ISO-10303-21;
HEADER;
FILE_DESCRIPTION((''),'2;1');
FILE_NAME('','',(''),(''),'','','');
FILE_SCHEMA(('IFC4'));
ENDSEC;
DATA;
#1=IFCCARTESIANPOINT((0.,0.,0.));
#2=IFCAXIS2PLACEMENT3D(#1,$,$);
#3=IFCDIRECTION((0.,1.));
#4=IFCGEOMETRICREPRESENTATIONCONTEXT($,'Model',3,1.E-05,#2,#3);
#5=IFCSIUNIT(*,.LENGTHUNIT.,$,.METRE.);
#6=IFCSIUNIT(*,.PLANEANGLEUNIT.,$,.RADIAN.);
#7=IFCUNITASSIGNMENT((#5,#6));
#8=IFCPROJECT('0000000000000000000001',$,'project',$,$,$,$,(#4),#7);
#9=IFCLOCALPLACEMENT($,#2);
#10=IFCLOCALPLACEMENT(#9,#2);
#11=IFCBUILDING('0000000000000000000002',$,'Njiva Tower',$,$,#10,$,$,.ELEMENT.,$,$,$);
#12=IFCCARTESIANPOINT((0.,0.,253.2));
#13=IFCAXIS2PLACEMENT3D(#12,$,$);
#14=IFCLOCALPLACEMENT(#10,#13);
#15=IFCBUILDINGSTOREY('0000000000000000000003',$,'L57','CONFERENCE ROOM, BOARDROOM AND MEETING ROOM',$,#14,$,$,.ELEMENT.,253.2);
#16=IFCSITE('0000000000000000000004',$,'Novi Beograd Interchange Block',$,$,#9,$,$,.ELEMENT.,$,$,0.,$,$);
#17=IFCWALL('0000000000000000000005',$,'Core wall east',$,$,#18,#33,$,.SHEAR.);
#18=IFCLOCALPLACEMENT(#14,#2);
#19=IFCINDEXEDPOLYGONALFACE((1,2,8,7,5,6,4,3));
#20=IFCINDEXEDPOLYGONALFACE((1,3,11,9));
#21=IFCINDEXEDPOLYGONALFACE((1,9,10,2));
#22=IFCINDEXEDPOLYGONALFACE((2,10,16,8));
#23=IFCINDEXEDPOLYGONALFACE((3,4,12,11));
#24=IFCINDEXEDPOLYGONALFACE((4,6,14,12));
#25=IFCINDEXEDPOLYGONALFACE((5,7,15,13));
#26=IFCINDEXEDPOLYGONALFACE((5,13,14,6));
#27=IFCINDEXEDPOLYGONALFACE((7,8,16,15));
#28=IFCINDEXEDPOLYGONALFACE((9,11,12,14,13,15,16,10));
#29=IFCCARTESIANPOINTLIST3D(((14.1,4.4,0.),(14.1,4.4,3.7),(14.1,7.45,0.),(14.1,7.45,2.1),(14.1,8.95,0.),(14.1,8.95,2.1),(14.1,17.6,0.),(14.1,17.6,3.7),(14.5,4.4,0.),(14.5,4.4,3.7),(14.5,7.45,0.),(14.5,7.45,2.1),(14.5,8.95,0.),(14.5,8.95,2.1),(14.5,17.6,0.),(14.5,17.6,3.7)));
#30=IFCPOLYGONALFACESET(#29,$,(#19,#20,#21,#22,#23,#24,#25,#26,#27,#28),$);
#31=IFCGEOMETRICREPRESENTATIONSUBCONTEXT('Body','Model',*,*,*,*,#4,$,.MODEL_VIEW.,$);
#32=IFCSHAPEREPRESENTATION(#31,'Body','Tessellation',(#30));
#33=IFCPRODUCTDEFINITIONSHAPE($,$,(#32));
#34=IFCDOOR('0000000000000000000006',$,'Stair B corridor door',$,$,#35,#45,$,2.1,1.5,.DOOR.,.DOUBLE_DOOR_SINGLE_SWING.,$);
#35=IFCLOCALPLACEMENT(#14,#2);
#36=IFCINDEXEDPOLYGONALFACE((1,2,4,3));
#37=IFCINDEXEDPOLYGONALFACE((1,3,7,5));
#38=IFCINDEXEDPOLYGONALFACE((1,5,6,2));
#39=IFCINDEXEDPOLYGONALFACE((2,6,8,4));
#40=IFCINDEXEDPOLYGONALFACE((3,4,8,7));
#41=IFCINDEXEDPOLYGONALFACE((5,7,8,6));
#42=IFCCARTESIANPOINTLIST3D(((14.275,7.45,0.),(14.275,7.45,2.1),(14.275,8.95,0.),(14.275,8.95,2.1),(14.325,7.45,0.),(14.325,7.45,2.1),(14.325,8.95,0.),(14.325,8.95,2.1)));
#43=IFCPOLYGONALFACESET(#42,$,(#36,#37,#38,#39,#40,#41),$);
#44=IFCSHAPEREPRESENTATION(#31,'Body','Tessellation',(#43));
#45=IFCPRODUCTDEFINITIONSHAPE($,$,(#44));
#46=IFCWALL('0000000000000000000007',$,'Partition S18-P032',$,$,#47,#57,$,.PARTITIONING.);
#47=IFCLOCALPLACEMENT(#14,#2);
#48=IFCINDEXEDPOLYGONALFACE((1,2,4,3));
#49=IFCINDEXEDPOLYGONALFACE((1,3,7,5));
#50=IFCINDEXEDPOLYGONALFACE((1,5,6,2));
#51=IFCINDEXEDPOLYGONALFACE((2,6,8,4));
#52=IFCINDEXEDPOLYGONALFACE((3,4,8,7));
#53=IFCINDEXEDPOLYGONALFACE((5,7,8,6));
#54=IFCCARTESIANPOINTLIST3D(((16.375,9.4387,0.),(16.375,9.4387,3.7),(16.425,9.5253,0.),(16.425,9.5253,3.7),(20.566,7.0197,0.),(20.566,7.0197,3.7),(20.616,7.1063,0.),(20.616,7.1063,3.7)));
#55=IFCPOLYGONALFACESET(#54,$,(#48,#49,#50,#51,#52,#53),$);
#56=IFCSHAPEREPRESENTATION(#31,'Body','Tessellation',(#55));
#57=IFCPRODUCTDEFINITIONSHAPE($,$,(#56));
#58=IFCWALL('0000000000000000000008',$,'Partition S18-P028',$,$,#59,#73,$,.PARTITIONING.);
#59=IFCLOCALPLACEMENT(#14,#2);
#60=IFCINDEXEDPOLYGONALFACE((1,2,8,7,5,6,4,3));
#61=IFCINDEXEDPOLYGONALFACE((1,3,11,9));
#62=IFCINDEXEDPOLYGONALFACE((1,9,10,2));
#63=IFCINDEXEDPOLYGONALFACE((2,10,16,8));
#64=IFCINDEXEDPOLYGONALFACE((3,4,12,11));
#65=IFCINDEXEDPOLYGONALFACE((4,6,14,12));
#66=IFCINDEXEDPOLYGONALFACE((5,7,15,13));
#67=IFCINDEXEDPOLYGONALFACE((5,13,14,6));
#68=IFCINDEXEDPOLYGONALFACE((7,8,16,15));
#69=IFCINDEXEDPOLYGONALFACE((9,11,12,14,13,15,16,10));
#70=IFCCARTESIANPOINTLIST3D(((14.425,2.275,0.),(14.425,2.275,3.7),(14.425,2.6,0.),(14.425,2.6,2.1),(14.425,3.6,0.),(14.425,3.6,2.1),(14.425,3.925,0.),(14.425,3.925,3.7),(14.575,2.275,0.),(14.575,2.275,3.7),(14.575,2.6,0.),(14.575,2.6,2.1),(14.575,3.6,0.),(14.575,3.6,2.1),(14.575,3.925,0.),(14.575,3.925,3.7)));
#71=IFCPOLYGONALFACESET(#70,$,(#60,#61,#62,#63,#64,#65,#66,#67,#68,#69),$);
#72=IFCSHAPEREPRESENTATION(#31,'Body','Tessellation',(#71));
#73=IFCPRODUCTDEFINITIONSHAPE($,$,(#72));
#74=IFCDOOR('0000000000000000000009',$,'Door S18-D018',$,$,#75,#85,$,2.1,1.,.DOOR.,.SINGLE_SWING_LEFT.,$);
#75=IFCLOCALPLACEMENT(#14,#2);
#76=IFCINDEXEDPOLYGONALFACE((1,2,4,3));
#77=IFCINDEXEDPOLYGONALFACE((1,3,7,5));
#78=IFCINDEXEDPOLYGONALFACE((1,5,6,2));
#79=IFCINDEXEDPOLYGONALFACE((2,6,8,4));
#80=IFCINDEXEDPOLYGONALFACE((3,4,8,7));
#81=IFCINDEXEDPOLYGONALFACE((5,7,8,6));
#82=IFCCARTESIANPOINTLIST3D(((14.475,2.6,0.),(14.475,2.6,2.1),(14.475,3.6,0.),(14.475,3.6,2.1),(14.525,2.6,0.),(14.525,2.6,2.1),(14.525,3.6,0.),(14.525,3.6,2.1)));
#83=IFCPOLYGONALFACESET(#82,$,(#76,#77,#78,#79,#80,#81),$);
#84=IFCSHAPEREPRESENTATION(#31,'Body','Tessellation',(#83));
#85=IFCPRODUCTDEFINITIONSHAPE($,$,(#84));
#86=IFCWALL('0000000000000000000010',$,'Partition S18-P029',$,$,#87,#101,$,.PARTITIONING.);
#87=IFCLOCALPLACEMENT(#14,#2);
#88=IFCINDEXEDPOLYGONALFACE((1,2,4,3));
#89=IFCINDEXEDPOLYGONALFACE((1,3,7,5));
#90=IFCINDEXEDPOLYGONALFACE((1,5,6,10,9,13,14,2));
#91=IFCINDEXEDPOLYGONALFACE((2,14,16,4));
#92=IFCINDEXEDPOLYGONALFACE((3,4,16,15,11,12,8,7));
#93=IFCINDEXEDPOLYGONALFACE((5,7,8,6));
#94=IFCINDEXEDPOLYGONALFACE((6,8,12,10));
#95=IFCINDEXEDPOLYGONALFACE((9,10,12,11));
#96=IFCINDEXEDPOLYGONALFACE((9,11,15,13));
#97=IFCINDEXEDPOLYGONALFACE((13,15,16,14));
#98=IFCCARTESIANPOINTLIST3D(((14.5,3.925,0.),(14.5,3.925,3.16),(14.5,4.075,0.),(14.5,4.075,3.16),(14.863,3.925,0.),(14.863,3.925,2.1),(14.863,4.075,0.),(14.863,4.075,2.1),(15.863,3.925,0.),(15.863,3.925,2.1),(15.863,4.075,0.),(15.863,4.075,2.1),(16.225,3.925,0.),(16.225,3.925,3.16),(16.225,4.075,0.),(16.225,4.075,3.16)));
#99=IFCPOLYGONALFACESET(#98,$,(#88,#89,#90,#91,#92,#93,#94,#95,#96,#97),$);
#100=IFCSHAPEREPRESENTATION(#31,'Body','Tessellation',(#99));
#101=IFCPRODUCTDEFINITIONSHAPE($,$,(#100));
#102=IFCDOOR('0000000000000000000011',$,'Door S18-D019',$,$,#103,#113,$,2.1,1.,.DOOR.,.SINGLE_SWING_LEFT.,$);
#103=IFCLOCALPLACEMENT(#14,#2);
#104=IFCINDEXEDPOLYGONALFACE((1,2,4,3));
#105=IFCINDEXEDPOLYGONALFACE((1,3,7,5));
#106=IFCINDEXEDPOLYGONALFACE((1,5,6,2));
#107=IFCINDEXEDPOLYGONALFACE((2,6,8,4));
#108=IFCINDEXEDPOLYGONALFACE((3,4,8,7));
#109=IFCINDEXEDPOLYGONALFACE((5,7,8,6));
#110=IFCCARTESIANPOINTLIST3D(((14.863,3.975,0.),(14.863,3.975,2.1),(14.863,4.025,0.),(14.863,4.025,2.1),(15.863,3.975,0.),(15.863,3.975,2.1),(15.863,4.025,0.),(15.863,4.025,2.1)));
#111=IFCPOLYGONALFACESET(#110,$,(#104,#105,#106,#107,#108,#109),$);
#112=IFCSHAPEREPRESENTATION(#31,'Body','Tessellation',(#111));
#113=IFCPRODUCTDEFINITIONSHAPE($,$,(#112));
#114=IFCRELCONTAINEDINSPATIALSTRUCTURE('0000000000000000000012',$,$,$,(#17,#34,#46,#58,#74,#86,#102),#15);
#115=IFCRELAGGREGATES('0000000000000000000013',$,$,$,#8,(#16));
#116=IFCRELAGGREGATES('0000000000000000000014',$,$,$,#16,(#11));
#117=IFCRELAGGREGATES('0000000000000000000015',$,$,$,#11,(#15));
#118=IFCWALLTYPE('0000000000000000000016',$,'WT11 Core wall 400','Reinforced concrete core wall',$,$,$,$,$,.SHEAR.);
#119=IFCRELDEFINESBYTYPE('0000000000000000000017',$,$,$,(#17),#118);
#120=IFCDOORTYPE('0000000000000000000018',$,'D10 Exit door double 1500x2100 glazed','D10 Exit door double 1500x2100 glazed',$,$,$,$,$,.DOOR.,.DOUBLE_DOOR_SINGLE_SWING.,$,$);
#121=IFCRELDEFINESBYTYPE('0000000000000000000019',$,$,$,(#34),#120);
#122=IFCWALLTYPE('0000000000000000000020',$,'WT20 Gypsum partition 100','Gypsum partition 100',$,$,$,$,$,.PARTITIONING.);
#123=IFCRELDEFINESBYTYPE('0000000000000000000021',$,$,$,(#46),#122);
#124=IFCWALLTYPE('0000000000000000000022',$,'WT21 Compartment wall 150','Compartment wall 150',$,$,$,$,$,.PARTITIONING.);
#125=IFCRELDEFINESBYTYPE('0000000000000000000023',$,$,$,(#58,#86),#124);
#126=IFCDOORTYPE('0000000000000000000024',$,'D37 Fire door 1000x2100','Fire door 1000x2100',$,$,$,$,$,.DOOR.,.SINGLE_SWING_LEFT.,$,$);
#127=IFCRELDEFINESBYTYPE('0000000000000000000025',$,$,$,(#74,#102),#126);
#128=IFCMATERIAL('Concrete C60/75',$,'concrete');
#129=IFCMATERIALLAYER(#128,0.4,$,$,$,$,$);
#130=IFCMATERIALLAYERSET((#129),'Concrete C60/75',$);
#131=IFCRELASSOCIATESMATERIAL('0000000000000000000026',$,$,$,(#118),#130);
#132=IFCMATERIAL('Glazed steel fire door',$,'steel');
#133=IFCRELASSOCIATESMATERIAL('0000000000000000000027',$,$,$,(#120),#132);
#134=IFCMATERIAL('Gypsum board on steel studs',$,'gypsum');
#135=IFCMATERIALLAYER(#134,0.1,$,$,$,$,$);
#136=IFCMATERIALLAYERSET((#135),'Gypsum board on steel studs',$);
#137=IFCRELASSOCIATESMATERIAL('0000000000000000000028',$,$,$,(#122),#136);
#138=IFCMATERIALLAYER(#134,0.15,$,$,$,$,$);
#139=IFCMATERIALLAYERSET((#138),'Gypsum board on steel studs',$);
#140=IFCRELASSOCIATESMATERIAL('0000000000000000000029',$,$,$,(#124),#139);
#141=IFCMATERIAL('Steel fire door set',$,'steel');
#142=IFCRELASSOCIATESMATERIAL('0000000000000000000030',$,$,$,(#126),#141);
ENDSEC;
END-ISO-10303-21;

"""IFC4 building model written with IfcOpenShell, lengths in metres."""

from ifc_helpers import new_model, si_unit, direction, frame, frame_2d, origin, place, context, subcontext, project, spatial, rectangle, extrude, material, layer, layer_set, type_object, element, fill, save


model = new_model("IFC4")

# Units and contexts
model_context = context("Model", 3, precision=1e-05, world=origin(), true_north=direction((0.0, 1.0)))
body_context = subcontext(model_context, "Body", "Model", "MODEL_VIEW")
ifc_project = project(units=[si_unit("LENGTHUNIT", "METRE"), si_unit("PLANEANGLEUNIT", "RADIAN")], contexts=[model_context])

# Site, building, storey
site_placement = place(None, origin())
site = spatial("IfcSite", under=ifc_project, at=site_placement, Name="Novi Beograd Interchange Block", CompositionType="ELEMENT", RefElevation=0.0)
building_placement = place(site_placement, origin())
building = spatial("IfcBuilding", under=site, at=building_placement, Name="Njiva Tower", CompositionType="ELEMENT")
storey_placement = place(building_placement, frame((0.0, 0.0, 253.2)))
storey = spatial("IfcBuildingStorey", under=building, at=storey_placement, Name="L57", Description="CONFERENCE ROOM, BOARDROOM AND MEETING ROOM", CompositionType="ELEMENT", Elevation=253.2)

# Wall, opening, door
ifc_material_1 = material(Name="Concrete C60/75", Category="concrete")
ifc_layer_1 = layer(ifc_material_1, 0.4)
ifc_layer_set_1 = layer_set([ifc_layer_1], Name="Concrete C60/75")
wall_type_1 = type_object("IfcWallType", Name="WT11 Core wall 400", Description="Reinforced concrete core wall", PredefinedType="SHEAR", material=ifc_layer_set_1)
wall_1_placement = place(storey_placement, frame((14.3, 4.4, 0.0), z_axis=(0.0, 0.0, 1.0), x_axis=(0.0, 1.0, 0.0)))
wall_1 = element("IfcWall", 1, at=wall_1_placement, inside=storey, type_object=wall_type_1, Name="Core wall east", PredefinedType="SHEAR", context=body_context, shape_type="SweptSolid", body=[
    extrude(rectangle(XDim=13.2, YDim=0.4, at=frame_2d((6.6, 0.0))), origin(), (0.0, 0.0, 1.0), 3.7),
])
opening_1_placement = place(wall_1_placement, frame((3.05, 0.0, 0.0)))
opening_1 = element("IfcOpeningElement", 2, at=opening_1_placement, cuts=wall_1, PredefinedType="OPENING", context=body_context, shape_type="SweptSolid", body=[
    extrude(rectangle(XDim=1.5, YDim=2.1, at=frame_2d((0.75, 1.05))), frame((0.0, 0.21, 0.0), z_axis=(0.0, -1.0, 0.0), x_axis=(1.0, 0.0, 0.0)), (0.0, 0.0, 1.0), 0.42),
])
ifc_material_2 = material(Name="Glazed steel fire door", Category="steel")
door_type_1 = type_object("IfcDoorType", Name="D10 Exit door double 1500x2100 glazed", Description="D10 Exit door double 1500x2100 glazed", OperationType="DOUBLE_DOOR_SINGLE_SWING", PredefinedType="DOOR", material=ifc_material_2)
door_1_placement = place(opening_1_placement, origin())
door_1 = element("IfcDoor", 3, at=door_1_placement, inside=storey, type_object=door_type_1, Name="Stair B corridor door", OperationType="DOUBLE_DOOR_SINGLE_SWING", OverallHeight=2.1, OverallWidth=1.5, PredefinedType="DOOR", context=body_context, shape_type="SweptSolid", body=[
    extrude(rectangle(XDim=1.5, YDim=2.1, at=frame_2d((0.75, 1.05))), frame((0.0, 0.025, 0.0), z_axis=(0.0, -1.0, 0.0), x_axis=(1.0, 0.0, 0.0)), (0.0, 0.0, 1.0), 0.05),
])
fill(opening_1, door_1)

# Wall
ifc_material_3 = material(Name="Gypsum board on steel studs", Category="gypsum")
ifc_layer_2 = layer(ifc_material_3, 0.1)
ifc_layer_set_2 = layer_set([ifc_layer_2], Name="Gypsum board on steel studs")
wall_type_2 = type_object("IfcWallType", Name="WT20 Gypsum partition 100", Description="Gypsum partition 100", PredefinedType="PARTITIONING", material=ifc_layer_set_2)
wall_2_placement = place(storey_placement, frame((16.4, 9.482, 0.0), z_axis=(0.0, 0.0, 1.0), x_axis=(0.866086, -0.499895, 0.0)))
element("IfcWall", 4, at=wall_2_placement, inside=storey, type_object=wall_type_2, Name="Partition S18-P032", PredefinedType="PARTITIONING", context=body_context, shape_type="SweptSolid", body=[
    extrude(rectangle(XDim=4.839, YDim=0.1, at=frame_2d((2.4195, 0.0))), origin(), (0.0, 0.0, 1.0), 3.7),
])

# Walls, openings, doors
ifc_layer_3 = layer(ifc_material_3, 0.15)
ifc_layer_set_3 = layer_set([ifc_layer_3], Name="Gypsum board on steel studs")
wall_type_3 = type_object("IfcWallType", Name="WT21 Compartment wall 150", Description="Compartment wall 150", PredefinedType="PARTITIONING", material=ifc_layer_set_3)
wall_3_placement = place(storey_placement, frame((14.5, 2.275, 0.0), z_axis=(0.0, 0.0, 1.0), x_axis=(0.0, 1.0, 0.0)))
wall_3 = element("IfcWall", 5, at=wall_3_placement, inside=storey, type_object=wall_type_3, Name="Partition S18-P028", PredefinedType="PARTITIONING", context=body_context, shape_type="SweptSolid", body=[
    extrude(rectangle(XDim=1.65, YDim=0.15, at=frame_2d((0.825, 0.0))), origin(), (0.0, 0.0, 1.0), 3.7),
])
opening_2_placement = place(wall_3_placement, frame((0.325, 0.0, 0.0)))
opening_2 = element("IfcOpeningElement", 6, at=opening_2_placement, cuts=wall_3, PredefinedType="OPENING", context=body_context, shape_type="SweptSolid", body=[
    extrude(rectangle(XDim=1.0, YDim=2.1, at=frame_2d((0.5, 1.05))), frame((0.0, 0.085, 0.0), z_axis=(0.0, -1.0, 0.0), x_axis=(1.0, 0.0, 0.0)), (0.0, 0.0, 1.0), 0.17),
])
ifc_material_4 = material(Name="Steel fire door set", Category="steel")
door_type_2 = type_object("IfcDoorType", Name="D37 Fire door 1000x2100", Description="Fire door 1000x2100", OperationType="SINGLE_SWING_LEFT", PredefinedType="DOOR", material=ifc_material_4)
door_2_placement = place(opening_2_placement, origin())
door_2 = element("IfcDoor", 7, at=door_2_placement, inside=storey, type_object=door_type_2, Name="Door S18-D018", OperationType="SINGLE_SWING_LEFT", OverallHeight=2.1, OverallWidth=1.0, PredefinedType="DOOR", context=body_context, shape_type="SweptSolid", body=[
    extrude(rectangle(XDim=1.0, YDim=2.1, at=frame_2d((0.5, 1.05))), frame((0.0, 0.025, 0.0), z_axis=(0.0, -1.0, 0.0), x_axis=(1.0, 0.0, 0.0)), (0.0, 0.0, 1.0), 0.05),
])
fill(opening_2, door_2)
wall_4_placement = place(storey_placement, frame((14.5, 4.0, 0.0), z_axis=(0.0, 0.0, 1.0), x_axis=(1.0, 0.0, 0.0)))
wall_4 = element("IfcWall", 8, at=wall_4_placement, inside=storey, type_object=wall_type_3, Name="Partition S18-P029", PredefinedType="PARTITIONING", context=body_context, shape_type="SweptSolid", body=[
    extrude(rectangle(XDim=1.725, YDim=0.15, at=frame_2d((0.8625, 0.0))), origin(), (0.0, 0.0, 1.0), 3.16),
])
opening_3_placement = place(wall_4_placement, frame((0.363, 0.0, 0.0)))
opening_3 = element("IfcOpeningElement", 9, at=opening_3_placement, cuts=wall_4, PredefinedType="OPENING", context=body_context, shape_type="SweptSolid", body=[
    extrude(rectangle(XDim=1.0, YDim=2.1, at=frame_2d((0.5, 1.05))), frame((0.0, 0.085, 0.0), z_axis=(0.0, -1.0, 0.0), x_axis=(1.0, 0.0, 0.0)), (0.0, 0.0, 1.0), 0.17),
])
door_3_placement = place(opening_3_placement, origin())
door_3 = element("IfcDoor", 10, at=door_3_placement, inside=storey, type_object=door_type_2, Name="Door S18-D019", OperationType="SINGLE_SWING_LEFT", OverallHeight=2.1, OverallWidth=1.0, PredefinedType="DOOR", context=body_context, shape_type="SweptSolid", body=[
    extrude(rectangle(XDim=1.0, YDim=2.1, at=frame_2d((0.5, 1.05))), frame((0.0, 0.025, 0.0), z_axis=(0.0, -1.0, 0.0), x_axis=(1.0, 0.0, 0.0)), (0.0, 0.0, 1.0), 0.05),
])
fill(opening_3, door_3)

save(model, "model.ifc")
